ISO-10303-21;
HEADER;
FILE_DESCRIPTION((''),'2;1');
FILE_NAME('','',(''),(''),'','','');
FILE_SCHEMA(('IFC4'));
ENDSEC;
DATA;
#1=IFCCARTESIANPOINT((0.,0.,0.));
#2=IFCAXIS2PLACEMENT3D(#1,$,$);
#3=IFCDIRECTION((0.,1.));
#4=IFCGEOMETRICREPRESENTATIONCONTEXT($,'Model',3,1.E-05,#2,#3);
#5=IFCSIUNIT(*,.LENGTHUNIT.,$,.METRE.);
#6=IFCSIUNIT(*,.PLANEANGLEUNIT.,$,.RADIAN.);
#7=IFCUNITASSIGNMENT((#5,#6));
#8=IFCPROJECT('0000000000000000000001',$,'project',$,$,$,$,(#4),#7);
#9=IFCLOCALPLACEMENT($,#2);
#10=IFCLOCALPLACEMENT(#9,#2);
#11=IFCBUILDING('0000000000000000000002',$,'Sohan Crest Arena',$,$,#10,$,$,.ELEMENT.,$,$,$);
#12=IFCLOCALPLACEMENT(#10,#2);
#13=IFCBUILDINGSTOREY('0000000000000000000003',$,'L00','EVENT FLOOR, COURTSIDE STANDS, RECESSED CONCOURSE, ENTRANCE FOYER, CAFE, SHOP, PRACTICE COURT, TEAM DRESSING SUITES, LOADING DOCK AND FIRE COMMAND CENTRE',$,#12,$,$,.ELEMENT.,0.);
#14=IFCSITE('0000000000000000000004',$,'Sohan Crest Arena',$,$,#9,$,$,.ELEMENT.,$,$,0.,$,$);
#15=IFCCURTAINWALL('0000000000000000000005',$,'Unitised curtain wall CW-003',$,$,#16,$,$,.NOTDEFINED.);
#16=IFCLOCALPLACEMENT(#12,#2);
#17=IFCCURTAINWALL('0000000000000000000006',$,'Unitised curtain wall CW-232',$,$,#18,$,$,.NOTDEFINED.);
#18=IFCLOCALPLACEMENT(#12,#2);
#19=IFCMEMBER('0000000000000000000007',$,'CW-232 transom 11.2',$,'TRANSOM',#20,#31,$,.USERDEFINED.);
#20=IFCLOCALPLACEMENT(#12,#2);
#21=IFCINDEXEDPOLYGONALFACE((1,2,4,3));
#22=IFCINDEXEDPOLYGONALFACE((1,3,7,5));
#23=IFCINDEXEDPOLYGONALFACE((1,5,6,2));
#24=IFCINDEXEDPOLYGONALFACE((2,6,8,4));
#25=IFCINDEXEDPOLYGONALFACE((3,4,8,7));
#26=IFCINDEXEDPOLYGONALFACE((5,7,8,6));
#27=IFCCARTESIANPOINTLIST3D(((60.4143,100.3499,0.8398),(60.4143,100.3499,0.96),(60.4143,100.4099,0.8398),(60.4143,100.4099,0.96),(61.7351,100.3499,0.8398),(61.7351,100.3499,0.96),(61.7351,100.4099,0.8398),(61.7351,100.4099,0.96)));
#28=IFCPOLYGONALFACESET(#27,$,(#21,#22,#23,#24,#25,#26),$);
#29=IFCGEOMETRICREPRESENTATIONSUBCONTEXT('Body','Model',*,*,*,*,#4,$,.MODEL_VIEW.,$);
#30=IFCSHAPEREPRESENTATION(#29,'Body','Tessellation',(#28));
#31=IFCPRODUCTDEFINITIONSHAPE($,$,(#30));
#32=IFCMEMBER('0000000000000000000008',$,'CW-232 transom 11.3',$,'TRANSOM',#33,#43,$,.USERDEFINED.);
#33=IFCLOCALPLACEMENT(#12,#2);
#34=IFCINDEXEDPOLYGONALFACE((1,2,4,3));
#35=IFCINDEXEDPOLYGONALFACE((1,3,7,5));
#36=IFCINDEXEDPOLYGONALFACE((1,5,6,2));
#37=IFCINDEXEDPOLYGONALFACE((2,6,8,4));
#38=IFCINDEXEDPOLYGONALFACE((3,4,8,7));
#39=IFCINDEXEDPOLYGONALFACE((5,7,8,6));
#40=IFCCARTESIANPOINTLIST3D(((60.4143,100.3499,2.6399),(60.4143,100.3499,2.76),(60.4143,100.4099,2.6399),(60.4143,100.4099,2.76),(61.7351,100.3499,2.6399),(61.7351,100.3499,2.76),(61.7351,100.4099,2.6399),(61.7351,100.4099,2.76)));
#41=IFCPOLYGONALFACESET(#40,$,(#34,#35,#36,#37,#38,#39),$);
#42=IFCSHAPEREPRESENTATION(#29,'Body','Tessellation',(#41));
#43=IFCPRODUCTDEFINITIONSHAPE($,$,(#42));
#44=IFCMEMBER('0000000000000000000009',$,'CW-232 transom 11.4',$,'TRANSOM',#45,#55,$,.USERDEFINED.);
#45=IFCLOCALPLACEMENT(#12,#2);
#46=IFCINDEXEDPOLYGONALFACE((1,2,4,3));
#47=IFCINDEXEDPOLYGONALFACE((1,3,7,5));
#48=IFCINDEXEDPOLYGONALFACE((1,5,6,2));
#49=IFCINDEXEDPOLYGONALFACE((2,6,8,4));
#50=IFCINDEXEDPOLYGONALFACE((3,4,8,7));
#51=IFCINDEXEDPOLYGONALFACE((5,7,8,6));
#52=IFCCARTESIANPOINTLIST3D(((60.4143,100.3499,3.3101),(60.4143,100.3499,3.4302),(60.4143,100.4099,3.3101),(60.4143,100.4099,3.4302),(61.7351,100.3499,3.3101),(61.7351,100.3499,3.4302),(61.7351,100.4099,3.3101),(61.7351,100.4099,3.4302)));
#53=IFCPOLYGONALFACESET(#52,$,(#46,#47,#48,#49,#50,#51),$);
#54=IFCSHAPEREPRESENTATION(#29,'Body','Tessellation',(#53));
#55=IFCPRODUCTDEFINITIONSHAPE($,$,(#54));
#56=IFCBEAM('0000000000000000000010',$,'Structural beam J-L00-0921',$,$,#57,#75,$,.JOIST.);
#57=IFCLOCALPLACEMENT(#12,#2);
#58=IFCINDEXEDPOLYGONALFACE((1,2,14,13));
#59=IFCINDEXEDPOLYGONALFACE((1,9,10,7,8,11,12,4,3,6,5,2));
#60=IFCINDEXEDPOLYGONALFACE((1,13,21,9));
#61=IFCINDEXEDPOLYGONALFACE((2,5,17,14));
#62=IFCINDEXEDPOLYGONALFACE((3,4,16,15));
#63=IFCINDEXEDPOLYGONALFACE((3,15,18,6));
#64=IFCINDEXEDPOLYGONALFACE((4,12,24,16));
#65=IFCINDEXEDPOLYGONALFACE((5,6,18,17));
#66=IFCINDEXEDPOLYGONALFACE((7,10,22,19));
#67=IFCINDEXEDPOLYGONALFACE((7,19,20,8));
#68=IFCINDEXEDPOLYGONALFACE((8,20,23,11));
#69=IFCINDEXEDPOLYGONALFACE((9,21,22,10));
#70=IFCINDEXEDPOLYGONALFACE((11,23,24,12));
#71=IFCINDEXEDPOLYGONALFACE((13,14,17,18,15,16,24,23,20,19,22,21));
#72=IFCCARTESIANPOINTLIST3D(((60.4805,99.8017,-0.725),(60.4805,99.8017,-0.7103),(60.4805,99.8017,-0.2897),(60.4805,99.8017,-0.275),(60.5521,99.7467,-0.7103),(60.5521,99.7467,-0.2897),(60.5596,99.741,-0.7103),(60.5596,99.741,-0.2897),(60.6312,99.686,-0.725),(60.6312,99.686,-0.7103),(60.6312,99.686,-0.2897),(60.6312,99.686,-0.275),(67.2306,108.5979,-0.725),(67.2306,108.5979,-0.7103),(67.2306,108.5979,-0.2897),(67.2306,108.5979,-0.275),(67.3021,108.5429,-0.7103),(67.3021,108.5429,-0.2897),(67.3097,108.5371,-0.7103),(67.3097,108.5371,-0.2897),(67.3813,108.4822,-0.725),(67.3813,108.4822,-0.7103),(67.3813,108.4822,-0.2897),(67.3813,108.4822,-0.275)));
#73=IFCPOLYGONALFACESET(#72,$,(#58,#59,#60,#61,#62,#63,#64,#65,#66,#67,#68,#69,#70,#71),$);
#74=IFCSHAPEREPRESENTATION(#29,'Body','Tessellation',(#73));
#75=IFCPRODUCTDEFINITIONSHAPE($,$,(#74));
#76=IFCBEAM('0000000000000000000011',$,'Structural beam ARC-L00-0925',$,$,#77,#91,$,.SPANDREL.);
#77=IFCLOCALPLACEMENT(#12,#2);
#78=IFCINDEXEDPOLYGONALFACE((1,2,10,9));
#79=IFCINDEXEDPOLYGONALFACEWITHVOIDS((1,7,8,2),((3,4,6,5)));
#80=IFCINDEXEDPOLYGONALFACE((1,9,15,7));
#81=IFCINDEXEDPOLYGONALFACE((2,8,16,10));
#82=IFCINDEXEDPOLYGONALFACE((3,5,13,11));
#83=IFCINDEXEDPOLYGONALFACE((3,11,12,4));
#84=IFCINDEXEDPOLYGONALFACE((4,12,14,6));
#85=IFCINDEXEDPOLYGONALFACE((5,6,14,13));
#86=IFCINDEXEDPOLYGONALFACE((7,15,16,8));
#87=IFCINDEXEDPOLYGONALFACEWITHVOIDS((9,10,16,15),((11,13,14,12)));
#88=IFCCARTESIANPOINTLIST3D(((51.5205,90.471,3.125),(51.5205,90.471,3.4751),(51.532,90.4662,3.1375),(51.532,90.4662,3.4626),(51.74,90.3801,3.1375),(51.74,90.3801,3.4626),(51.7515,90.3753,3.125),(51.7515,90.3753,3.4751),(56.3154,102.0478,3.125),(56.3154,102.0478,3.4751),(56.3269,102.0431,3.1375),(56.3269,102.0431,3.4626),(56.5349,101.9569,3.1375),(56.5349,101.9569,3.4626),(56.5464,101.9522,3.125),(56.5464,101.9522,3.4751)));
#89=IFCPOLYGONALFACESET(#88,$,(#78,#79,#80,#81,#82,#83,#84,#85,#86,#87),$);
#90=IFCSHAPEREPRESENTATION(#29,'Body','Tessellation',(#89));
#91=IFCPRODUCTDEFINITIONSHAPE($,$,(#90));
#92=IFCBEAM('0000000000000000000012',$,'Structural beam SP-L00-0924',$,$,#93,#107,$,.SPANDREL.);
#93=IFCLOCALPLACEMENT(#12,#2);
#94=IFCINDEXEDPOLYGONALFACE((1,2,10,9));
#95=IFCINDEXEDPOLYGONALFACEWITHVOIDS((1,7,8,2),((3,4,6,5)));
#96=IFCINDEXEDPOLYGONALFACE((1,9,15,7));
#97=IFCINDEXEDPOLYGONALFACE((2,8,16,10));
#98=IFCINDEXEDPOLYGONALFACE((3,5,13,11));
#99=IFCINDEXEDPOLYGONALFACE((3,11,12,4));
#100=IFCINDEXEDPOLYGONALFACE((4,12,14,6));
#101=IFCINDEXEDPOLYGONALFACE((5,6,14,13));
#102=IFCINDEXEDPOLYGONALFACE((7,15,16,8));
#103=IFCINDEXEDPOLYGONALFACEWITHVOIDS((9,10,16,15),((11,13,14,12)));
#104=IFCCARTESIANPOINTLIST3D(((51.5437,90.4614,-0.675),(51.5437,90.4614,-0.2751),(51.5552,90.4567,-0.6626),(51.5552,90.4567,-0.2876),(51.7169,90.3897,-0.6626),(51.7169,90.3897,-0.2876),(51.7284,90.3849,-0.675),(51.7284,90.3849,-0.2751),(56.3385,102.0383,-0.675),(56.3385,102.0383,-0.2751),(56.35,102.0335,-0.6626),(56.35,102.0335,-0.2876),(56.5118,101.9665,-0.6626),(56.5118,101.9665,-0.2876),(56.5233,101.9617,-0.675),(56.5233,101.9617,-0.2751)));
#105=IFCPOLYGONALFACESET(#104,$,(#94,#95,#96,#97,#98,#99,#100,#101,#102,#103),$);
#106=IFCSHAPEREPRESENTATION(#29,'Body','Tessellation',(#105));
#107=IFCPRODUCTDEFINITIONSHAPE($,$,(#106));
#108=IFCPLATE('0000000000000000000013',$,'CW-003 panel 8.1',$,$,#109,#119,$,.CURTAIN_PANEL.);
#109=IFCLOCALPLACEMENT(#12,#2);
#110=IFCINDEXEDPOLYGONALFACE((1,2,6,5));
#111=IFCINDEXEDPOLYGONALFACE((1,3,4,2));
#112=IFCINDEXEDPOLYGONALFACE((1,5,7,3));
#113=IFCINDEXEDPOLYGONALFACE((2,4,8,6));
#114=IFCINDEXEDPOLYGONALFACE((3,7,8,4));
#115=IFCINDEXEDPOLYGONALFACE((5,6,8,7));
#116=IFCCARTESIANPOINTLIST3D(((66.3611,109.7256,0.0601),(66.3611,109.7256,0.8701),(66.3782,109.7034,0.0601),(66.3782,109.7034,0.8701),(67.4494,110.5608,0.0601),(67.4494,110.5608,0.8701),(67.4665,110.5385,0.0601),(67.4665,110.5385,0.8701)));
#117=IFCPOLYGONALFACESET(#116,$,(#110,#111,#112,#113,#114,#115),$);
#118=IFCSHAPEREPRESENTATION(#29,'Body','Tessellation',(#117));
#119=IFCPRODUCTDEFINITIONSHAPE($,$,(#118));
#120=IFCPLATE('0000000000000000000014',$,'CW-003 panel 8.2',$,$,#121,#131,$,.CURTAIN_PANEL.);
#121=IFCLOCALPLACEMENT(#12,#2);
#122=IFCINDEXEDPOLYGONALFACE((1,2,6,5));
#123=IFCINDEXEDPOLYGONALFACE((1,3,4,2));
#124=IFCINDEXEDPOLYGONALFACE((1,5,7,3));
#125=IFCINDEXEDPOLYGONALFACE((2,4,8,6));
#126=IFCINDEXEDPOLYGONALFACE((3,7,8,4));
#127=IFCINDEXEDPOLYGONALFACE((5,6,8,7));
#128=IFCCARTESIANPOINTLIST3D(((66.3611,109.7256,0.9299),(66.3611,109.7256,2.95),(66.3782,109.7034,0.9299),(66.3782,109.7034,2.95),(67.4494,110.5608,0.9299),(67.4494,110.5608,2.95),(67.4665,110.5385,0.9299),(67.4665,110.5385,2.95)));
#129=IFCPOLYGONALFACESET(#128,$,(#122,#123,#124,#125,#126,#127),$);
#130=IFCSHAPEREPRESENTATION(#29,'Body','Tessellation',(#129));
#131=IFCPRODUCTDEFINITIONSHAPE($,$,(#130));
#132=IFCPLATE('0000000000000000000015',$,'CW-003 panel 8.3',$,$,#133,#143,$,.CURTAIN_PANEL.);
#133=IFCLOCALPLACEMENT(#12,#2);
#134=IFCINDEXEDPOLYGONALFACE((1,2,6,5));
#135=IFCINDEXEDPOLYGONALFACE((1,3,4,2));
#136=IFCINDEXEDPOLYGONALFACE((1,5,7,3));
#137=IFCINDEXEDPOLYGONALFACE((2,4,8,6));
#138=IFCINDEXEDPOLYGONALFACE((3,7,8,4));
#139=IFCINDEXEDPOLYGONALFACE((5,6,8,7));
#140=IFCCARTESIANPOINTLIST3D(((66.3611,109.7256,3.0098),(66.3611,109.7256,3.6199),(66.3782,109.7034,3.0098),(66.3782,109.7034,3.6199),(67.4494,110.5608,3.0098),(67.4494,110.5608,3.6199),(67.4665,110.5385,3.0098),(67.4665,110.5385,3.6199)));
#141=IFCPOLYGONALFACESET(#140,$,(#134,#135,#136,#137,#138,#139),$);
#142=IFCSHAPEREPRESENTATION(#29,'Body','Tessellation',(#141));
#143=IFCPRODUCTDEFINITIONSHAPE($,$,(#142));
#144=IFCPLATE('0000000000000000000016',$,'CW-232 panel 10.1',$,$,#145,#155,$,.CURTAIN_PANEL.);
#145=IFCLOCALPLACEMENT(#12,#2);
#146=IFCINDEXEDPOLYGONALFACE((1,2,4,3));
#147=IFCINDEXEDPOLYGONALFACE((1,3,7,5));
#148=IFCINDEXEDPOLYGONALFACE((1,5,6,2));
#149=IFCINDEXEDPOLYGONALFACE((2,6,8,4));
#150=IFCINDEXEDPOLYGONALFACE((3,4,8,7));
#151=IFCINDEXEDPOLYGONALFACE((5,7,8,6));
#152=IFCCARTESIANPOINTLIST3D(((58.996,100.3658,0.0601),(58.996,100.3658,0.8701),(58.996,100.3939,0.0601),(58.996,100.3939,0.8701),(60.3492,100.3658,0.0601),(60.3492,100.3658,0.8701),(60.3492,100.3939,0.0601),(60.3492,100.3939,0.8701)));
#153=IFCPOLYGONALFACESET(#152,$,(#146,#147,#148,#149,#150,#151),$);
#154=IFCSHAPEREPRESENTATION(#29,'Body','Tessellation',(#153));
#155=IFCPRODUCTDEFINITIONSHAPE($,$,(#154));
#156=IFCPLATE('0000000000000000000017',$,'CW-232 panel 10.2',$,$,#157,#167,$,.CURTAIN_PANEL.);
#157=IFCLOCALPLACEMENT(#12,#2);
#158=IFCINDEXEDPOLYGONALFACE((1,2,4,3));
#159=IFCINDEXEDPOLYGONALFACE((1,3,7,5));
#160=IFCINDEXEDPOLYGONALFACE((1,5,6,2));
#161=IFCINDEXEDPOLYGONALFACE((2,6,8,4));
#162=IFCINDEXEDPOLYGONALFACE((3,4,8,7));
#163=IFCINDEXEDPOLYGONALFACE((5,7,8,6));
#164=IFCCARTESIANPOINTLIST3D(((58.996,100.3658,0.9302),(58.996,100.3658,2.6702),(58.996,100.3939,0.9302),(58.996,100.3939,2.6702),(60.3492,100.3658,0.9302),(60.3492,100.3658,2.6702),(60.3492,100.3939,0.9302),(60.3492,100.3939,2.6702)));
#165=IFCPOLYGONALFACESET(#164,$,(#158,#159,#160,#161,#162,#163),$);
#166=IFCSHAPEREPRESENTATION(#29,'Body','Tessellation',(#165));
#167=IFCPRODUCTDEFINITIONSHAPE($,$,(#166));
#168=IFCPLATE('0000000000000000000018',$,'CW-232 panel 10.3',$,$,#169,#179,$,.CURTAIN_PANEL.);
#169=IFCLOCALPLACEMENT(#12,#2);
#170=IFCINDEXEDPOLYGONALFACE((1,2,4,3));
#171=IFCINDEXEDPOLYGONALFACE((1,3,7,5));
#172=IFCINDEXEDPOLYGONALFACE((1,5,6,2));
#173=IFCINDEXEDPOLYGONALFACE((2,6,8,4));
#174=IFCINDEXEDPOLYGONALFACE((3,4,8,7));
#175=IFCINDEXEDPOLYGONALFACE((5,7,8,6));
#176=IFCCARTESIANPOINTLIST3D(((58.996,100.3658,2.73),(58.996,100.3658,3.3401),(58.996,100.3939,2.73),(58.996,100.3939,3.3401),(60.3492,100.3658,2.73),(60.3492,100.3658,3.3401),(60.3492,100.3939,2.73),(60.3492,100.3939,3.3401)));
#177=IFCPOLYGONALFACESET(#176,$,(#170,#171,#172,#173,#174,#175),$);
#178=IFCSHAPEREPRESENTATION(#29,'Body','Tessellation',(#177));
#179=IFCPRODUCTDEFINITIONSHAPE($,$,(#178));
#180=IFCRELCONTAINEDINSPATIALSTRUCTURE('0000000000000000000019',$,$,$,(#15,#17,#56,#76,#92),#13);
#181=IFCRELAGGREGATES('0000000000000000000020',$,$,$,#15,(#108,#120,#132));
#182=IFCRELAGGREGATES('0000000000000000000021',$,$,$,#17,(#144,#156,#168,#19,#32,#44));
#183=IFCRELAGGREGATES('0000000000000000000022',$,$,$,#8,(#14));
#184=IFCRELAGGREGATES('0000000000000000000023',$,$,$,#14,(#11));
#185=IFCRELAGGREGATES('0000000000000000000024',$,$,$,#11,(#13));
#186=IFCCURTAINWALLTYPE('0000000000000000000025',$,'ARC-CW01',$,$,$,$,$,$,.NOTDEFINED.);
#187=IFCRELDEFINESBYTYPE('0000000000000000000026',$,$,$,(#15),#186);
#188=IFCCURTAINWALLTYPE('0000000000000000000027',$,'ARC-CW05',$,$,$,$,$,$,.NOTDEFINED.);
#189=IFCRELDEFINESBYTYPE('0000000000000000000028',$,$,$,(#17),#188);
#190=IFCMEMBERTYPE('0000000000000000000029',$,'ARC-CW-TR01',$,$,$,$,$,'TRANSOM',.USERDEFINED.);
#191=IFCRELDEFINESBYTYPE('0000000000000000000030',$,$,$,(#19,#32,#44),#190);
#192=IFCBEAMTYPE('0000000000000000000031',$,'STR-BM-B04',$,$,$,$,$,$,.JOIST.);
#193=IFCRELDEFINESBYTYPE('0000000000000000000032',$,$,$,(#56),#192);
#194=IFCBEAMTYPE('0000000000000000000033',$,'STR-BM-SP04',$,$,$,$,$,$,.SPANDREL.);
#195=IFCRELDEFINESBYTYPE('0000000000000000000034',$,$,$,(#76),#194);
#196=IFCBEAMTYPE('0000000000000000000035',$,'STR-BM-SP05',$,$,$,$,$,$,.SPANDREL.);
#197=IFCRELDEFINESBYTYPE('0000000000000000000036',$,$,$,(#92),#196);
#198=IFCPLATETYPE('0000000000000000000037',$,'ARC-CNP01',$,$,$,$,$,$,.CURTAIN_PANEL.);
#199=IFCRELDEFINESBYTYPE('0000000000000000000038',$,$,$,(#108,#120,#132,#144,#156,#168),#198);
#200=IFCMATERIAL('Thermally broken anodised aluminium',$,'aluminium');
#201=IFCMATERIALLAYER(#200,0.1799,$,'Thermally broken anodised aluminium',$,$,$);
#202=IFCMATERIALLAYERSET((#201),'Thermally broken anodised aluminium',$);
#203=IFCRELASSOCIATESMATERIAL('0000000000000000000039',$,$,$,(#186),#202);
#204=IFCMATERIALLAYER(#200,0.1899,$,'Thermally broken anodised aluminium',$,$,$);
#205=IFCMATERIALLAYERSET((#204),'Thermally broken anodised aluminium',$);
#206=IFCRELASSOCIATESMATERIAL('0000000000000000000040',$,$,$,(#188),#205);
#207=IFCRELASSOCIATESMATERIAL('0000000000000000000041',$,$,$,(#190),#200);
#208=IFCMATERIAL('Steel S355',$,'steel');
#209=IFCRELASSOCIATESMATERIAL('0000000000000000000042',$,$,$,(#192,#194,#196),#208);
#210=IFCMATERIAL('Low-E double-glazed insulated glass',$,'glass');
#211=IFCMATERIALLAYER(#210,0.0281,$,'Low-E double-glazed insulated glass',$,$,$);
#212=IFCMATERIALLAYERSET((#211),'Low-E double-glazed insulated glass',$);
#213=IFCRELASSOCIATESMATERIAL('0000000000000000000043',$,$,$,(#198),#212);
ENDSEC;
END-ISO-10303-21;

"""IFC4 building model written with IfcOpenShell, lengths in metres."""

from ifc_helpers import new_model, si_unit, direction, frame, origin, origin_2d, place, context, subcontext, project, spatial, rectangle, hollow_rectangle, i_section, extrude, material, layer, layer_set, material_profile, profile_set, type_object, element, aggregate, save


model = new_model("IFC4")

# Units and contexts
model_context = context("Model", 3, precision=1e-05, world=origin(), true_north=direction((0.0, 1.0)))
body_context = subcontext(model_context, "Body", "Model", "MODEL_VIEW")
ifc_project = project(units=[si_unit("LENGTHUNIT", "METRE"), si_unit("PLANEANGLEUNIT", "RADIAN")], contexts=[model_context])

# Site, building, storey
site_placement = place(None, origin())
site = spatial("IfcSite", under=ifc_project, at=site_placement, Name="Sohan Crest Arena", CompositionType="ELEMENT", RefElevation=0.0)
building_placement = place(site_placement, origin())
building = spatial("IfcBuilding", under=site, at=building_placement, Name="Sohan Crest Arena", CompositionType="ELEMENT")
storey_placement = place(building_placement, origin())
storey = spatial("IfcBuildingStorey", under=building, at=storey_placement, Name="L00", Description="EVENT FLOOR, COURTSIDE STANDS, RECESSED CONCOURSE, ENTRANCE FOYER, CAFE, SHOP, PRACTICE COURT, TEAM DRESSING SUITES, LOADING DOCK AND FIRE COMMAND CENTRE", CompositionType="ELEMENT", Elevation=0.0)

# Curtain walls
ifc_material_1 = material(Name="Thermally broken anodised aluminium", Category="aluminium")
ifc_layer_1 = layer(ifc_material_1, 0.1799, Name="Thermally broken anodised aluminium")
ifc_layer_set_1 = layer_set([ifc_layer_1], Name="Thermally broken anodised aluminium")
curtain_wall_type_1 = type_object("IfcCurtainWallType", Name="ARC-CW01", PredefinedType="NOTDEFINED", material=ifc_layer_set_1)
curtain_wall_1_placement = place(storey_placement, origin())
curtain_wall_1 = element("IfcCurtainWall", 1, at=curtain_wall_1_placement, inside=storey, type_object=curtain_wall_type_1, Name="Unitised curtain wall CW-003", PredefinedType="NOTDEFINED")
ifc_layer_2 = layer(ifc_material_1, 0.1899, Name="Thermally broken anodised aluminium")
ifc_layer_set_2 = layer_set([ifc_layer_2], Name="Thermally broken anodised aluminium")
curtain_wall_type_2 = type_object("IfcCurtainWallType", Name="ARC-CW05", PredefinedType="NOTDEFINED", material=ifc_layer_set_2)
curtain_wall_2_placement = place(storey_placement, origin())
curtain_wall_2 = element("IfcCurtainWall", 2, at=curtain_wall_2_placement, inside=storey, type_object=curtain_wall_type_2, Name="Unitised curtain wall CW-232", PredefinedType="NOTDEFINED")

# Members
ifc_material_profile_1 = material_profile(ifc_material_1, rectangle(XDim=0.0601, YDim=0.1201, at=origin_2d()), Name="ALU-TRAN 60x120")
ifc_profile_set_1 = profile_set([ifc_material_profile_1], Name="Thermally broken anodised aluminium")
member_type_1 = type_object("IfcMemberType", Name="ARC-CW-TR01", ElementType="TRANSOM", PredefinedType="USERDEFINED", material=ifc_profile_set_1)
member_1_placement = place(storey_placement, frame((60.4143, 100.3799, 0.8999), z_axis=(1.0, 0.0, 0.0), x_axis=(0.0, 1.0, 0.0)))
member_1 = element("IfcMember", 3, at=member_1_placement, type_object=member_type_1, Name="CW-232 transom 11.2", ObjectType="TRANSOM", PredefinedType="USERDEFINED", context=body_context, shape_type="SweptSolid", body=[
    extrude(rectangle(XDim=0.0601, YDim=0.1201, at=origin_2d()), origin(), (0.0, 0.0, 1.0), 1.3208),
])
member_2_placement = place(storey_placement, frame((60.4143, 100.3799, 2.7), z_axis=(1.0, 0.0, 0.0), x_axis=(0.0, 1.0, 0.0)))
member_2 = element("IfcMember", 4, at=member_2_placement, type_object=member_type_1, Name="CW-232 transom 11.3", ObjectType="TRANSOM", PredefinedType="USERDEFINED", context=body_context, shape_type="SweptSolid", body=[
    extrude(rectangle(XDim=0.0601, YDim=0.1201, at=origin_2d()), origin(), (0.0, 0.0, 1.0), 1.3208),
])
member_3_placement = place(storey_placement, frame((60.4143, 100.3799, 3.3701), z_axis=(1.0, 0.0, 0.0), x_axis=(0.0, 1.0, 0.0)))
member_3 = element("IfcMember", 5, at=member_3_placement, type_object=member_type_1, Name="CW-232 transom 11.4", ObjectType="TRANSOM", PredefinedType="USERDEFINED", context=body_context, shape_type="SweptSolid", body=[
    extrude(rectangle(XDim=0.0601, YDim=0.1201, at=origin_2d()), origin(), (0.0, 0.0, 1.0), 1.3208),
])

# Beams
ifc_material_2 = material(Name="Steel S355", Category="steel")
ifc_material_profile_2 = material_profile(ifc_material_2, i_section(OverallWidth=0.1899, OverallDepth=0.45, WebThickness=0.0095, FlangeThickness=0.0146, at=origin_2d()), Name="IPE 450")
ifc_profile_set_2 = profile_set([ifc_material_profile_2], Name="Steel S355")
beam_type_1 = type_object("IfcBeamType", Name="STR-BM-B04", PredefinedType="JOIST", material=ifc_profile_set_2)
beam_1_placement = place(storey_placement, frame((67.3059, 108.54, -0.5), z_axis=(-0.608789, -0.793332, 0.0), x_axis=(0.793332, -0.608789, 0.0)))
element("IfcBeam", 6, at=beam_1_placement, inside=storey, type_object=beam_type_1, Name="Structural beam J-L00-0921", PredefinedType="JOIST", context=body_context, shape_type="SweptSolid", body=[
    extrude(i_section(OverallWidth=0.1899, OverallDepth=0.45, WebThickness=0.0095, FlangeThickness=0.0146, at=origin_2d()), origin(), (0.0, 0.0, 1.0), 11.0876),
])
ifc_material_profile_3 = material_profile(ifc_material_2, hollow_rectangle(XDim=0.25, YDim=0.3501, WallThickness=0.0125, at=origin_2d()), Name="RHS 350x250x12.5")
ifc_profile_set_3 = profile_set([ifc_material_profile_3], Name="Steel S355")
beam_type_2 = type_object("IfcBeamType", Name="STR-BM-SP04", PredefinedType="SPANDREL", material=ifc_profile_set_3)
beam_2_placement = place(storey_placement, frame((56.4309, 102.0, 3.3), z_axis=(-0.382657, -0.923891, 0.0), x_axis=(0.923891, -0.382657, 0.0)))
element("IfcBeam", 7, at=beam_2_placement, inside=storey, type_object=beam_type_2, Name="Structural beam ARC-L00-0925", PredefinedType="SPANDREL", context=body_context, shape_type="SweptSolid", body=[
    extrude(hollow_rectangle(XDim=0.25, YDim=0.3501, WallThickness=0.0125, at=origin_2d()), origin(), (0.0, 0.0, 1.0), 12.5305),
])
ifc_material_profile_4 = material_profile(ifc_material_2, hollow_rectangle(XDim=0.2, YDim=0.3999, WallThickness=0.0125, at=origin_2d()), Name="RHS 400x200x12.5")
ifc_profile_set_4 = profile_set([ifc_material_profile_4], Name="Steel S355")
beam_type_3 = type_object("IfcBeamType", Name="STR-BM-SP05", PredefinedType="SPANDREL", material=ifc_profile_set_4)
beam_3_placement = place(storey_placement, frame((56.4309, 102.0, -0.4751), z_axis=(-0.382657, -0.923891, 0.0), x_axis=(0.923891, -0.382657, 0.0)))
element("IfcBeam", 8, at=beam_3_placement, inside=storey, type_object=beam_type_3, Name="Structural beam SP-L00-0924", PredefinedType="SPANDREL", context=body_context, shape_type="SweptSolid", body=[
    extrude(hollow_rectangle(XDim=0.2, YDim=0.3999, WallThickness=0.0125, at=origin_2d()), origin(), (0.0, 0.0, 1.0), 12.5305),
])

# Plates
ifc_material_3 = material(Name="Low-E double-glazed insulated glass", Category="glass")
ifc_layer_3 = layer(ifc_material_3, 0.0281, Name="Low-E double-glazed insulated glass")
ifc_layer_set_3 = layer_set([ifc_layer_3], Name="Low-E double-glazed insulated glass")
plate_type = type_object("IfcPlateType", Name="ARC-CNP01", PredefinedType="CURTAIN_PANEL", material=ifc_layer_set_3)
plate_1_placement = place(storey_placement, frame((66.9138, 110.1321, 0.0601), z_axis=(0.0, 0.0, 1.0), x_axis=(-0.793323, -0.608801, 0.0)))
plate_1 = element("IfcPlate", 9, at=plate_1_placement, type_object=plate_type, Name="CW-003 panel 8.1", PredefinedType="CURTAIN_PANEL", context=body_context, shape_type="SweptSolid", body=[
    extrude(rectangle(XDim=1.3718, YDim=0.0281, at=origin_2d()), origin(), (0.0, 0.0, 1.0), 0.8101),
])
plate_2_placement = place(storey_placement, frame((66.9138, 110.1321, 0.9299), z_axis=(0.0, 0.0, 1.0), x_axis=(-0.793323, -0.608801, 0.0)))
plate_2 = element("IfcPlate", 10, at=plate_2_placement, type_object=plate_type, Name="CW-003 panel 8.2", PredefinedType="CURTAIN_PANEL", context=body_context, shape_type="SweptSolid", body=[
    extrude(rectangle(XDim=1.3718, YDim=0.0281, at=origin_2d()), origin(), (0.0, 0.0, 1.0), 2.02),
])
plate_3_placement = place(storey_placement, frame((66.9138, 110.1321, 3.0098), z_axis=(0.0, 0.0, 1.0), x_axis=(-0.793323, -0.608801, 0.0)))
plate_3 = element("IfcPlate", 11, at=plate_3_placement, type_object=plate_type, Name="CW-003 panel 8.3", PredefinedType="CURTAIN_PANEL", context=body_context, shape_type="SweptSolid", body=[
    extrude(rectangle(XDim=1.3718, YDim=0.0281, at=origin_2d()), origin(), (0.0, 0.0, 1.0), 0.6101),
])
aggregate(curtain_wall_1, [plate_1, plate_2, plate_3])
plate_4_placement = place(storey_placement, frame((59.6726, 100.3799, 0.0601), z_axis=(0.0, 0.0, 1.0), x_axis=(1.0, 0.0, 0.0)))
plate_4 = element("IfcPlate", 12, at=plate_4_placement, type_object=plate_type, Name="CW-232 panel 10.1", PredefinedType="CURTAIN_PANEL", context=body_context, shape_type="SweptSolid", body=[
    extrude(rectangle(XDim=1.3533, YDim=0.0281, at=origin_2d()), origin(), (0.0, 0.0, 1.0), 0.8101),
])
plate_5_placement = place(storey_placement, frame((59.6726, 100.3799, 0.9302), z_axis=(0.0, 0.0, 1.0), x_axis=(1.0, 0.0, 0.0)))
plate_5 = element("IfcPlate", 13, at=plate_5_placement, type_object=plate_type, Name="CW-232 panel 10.2", PredefinedType="CURTAIN_PANEL", context=body_context, shape_type="SweptSolid", body=[
    extrude(rectangle(XDim=1.3533, YDim=0.0281, at=origin_2d()), origin(), (0.0, 0.0, 1.0), 1.74),
])
plate_6_placement = place(storey_placement, frame((59.6726, 100.3799, 2.73), z_axis=(0.0, 0.0, 1.0), x_axis=(1.0, 0.0, 0.0)))
plate_6 = element("IfcPlate", 14, at=plate_6_placement, type_object=plate_type, Name="CW-232 panel 10.3", PredefinedType="CURTAIN_PANEL", context=body_context, shape_type="SweptSolid", body=[
    extrude(rectangle(XDim=1.3533, YDim=0.0281, at=origin_2d()), origin(), (0.0, 0.0, 1.0), 0.6101),
])
aggregate(curtain_wall_2, [plate_4, plate_5, plate_6, member_1, member_2, member_3])

save(model, "model.ifc")
